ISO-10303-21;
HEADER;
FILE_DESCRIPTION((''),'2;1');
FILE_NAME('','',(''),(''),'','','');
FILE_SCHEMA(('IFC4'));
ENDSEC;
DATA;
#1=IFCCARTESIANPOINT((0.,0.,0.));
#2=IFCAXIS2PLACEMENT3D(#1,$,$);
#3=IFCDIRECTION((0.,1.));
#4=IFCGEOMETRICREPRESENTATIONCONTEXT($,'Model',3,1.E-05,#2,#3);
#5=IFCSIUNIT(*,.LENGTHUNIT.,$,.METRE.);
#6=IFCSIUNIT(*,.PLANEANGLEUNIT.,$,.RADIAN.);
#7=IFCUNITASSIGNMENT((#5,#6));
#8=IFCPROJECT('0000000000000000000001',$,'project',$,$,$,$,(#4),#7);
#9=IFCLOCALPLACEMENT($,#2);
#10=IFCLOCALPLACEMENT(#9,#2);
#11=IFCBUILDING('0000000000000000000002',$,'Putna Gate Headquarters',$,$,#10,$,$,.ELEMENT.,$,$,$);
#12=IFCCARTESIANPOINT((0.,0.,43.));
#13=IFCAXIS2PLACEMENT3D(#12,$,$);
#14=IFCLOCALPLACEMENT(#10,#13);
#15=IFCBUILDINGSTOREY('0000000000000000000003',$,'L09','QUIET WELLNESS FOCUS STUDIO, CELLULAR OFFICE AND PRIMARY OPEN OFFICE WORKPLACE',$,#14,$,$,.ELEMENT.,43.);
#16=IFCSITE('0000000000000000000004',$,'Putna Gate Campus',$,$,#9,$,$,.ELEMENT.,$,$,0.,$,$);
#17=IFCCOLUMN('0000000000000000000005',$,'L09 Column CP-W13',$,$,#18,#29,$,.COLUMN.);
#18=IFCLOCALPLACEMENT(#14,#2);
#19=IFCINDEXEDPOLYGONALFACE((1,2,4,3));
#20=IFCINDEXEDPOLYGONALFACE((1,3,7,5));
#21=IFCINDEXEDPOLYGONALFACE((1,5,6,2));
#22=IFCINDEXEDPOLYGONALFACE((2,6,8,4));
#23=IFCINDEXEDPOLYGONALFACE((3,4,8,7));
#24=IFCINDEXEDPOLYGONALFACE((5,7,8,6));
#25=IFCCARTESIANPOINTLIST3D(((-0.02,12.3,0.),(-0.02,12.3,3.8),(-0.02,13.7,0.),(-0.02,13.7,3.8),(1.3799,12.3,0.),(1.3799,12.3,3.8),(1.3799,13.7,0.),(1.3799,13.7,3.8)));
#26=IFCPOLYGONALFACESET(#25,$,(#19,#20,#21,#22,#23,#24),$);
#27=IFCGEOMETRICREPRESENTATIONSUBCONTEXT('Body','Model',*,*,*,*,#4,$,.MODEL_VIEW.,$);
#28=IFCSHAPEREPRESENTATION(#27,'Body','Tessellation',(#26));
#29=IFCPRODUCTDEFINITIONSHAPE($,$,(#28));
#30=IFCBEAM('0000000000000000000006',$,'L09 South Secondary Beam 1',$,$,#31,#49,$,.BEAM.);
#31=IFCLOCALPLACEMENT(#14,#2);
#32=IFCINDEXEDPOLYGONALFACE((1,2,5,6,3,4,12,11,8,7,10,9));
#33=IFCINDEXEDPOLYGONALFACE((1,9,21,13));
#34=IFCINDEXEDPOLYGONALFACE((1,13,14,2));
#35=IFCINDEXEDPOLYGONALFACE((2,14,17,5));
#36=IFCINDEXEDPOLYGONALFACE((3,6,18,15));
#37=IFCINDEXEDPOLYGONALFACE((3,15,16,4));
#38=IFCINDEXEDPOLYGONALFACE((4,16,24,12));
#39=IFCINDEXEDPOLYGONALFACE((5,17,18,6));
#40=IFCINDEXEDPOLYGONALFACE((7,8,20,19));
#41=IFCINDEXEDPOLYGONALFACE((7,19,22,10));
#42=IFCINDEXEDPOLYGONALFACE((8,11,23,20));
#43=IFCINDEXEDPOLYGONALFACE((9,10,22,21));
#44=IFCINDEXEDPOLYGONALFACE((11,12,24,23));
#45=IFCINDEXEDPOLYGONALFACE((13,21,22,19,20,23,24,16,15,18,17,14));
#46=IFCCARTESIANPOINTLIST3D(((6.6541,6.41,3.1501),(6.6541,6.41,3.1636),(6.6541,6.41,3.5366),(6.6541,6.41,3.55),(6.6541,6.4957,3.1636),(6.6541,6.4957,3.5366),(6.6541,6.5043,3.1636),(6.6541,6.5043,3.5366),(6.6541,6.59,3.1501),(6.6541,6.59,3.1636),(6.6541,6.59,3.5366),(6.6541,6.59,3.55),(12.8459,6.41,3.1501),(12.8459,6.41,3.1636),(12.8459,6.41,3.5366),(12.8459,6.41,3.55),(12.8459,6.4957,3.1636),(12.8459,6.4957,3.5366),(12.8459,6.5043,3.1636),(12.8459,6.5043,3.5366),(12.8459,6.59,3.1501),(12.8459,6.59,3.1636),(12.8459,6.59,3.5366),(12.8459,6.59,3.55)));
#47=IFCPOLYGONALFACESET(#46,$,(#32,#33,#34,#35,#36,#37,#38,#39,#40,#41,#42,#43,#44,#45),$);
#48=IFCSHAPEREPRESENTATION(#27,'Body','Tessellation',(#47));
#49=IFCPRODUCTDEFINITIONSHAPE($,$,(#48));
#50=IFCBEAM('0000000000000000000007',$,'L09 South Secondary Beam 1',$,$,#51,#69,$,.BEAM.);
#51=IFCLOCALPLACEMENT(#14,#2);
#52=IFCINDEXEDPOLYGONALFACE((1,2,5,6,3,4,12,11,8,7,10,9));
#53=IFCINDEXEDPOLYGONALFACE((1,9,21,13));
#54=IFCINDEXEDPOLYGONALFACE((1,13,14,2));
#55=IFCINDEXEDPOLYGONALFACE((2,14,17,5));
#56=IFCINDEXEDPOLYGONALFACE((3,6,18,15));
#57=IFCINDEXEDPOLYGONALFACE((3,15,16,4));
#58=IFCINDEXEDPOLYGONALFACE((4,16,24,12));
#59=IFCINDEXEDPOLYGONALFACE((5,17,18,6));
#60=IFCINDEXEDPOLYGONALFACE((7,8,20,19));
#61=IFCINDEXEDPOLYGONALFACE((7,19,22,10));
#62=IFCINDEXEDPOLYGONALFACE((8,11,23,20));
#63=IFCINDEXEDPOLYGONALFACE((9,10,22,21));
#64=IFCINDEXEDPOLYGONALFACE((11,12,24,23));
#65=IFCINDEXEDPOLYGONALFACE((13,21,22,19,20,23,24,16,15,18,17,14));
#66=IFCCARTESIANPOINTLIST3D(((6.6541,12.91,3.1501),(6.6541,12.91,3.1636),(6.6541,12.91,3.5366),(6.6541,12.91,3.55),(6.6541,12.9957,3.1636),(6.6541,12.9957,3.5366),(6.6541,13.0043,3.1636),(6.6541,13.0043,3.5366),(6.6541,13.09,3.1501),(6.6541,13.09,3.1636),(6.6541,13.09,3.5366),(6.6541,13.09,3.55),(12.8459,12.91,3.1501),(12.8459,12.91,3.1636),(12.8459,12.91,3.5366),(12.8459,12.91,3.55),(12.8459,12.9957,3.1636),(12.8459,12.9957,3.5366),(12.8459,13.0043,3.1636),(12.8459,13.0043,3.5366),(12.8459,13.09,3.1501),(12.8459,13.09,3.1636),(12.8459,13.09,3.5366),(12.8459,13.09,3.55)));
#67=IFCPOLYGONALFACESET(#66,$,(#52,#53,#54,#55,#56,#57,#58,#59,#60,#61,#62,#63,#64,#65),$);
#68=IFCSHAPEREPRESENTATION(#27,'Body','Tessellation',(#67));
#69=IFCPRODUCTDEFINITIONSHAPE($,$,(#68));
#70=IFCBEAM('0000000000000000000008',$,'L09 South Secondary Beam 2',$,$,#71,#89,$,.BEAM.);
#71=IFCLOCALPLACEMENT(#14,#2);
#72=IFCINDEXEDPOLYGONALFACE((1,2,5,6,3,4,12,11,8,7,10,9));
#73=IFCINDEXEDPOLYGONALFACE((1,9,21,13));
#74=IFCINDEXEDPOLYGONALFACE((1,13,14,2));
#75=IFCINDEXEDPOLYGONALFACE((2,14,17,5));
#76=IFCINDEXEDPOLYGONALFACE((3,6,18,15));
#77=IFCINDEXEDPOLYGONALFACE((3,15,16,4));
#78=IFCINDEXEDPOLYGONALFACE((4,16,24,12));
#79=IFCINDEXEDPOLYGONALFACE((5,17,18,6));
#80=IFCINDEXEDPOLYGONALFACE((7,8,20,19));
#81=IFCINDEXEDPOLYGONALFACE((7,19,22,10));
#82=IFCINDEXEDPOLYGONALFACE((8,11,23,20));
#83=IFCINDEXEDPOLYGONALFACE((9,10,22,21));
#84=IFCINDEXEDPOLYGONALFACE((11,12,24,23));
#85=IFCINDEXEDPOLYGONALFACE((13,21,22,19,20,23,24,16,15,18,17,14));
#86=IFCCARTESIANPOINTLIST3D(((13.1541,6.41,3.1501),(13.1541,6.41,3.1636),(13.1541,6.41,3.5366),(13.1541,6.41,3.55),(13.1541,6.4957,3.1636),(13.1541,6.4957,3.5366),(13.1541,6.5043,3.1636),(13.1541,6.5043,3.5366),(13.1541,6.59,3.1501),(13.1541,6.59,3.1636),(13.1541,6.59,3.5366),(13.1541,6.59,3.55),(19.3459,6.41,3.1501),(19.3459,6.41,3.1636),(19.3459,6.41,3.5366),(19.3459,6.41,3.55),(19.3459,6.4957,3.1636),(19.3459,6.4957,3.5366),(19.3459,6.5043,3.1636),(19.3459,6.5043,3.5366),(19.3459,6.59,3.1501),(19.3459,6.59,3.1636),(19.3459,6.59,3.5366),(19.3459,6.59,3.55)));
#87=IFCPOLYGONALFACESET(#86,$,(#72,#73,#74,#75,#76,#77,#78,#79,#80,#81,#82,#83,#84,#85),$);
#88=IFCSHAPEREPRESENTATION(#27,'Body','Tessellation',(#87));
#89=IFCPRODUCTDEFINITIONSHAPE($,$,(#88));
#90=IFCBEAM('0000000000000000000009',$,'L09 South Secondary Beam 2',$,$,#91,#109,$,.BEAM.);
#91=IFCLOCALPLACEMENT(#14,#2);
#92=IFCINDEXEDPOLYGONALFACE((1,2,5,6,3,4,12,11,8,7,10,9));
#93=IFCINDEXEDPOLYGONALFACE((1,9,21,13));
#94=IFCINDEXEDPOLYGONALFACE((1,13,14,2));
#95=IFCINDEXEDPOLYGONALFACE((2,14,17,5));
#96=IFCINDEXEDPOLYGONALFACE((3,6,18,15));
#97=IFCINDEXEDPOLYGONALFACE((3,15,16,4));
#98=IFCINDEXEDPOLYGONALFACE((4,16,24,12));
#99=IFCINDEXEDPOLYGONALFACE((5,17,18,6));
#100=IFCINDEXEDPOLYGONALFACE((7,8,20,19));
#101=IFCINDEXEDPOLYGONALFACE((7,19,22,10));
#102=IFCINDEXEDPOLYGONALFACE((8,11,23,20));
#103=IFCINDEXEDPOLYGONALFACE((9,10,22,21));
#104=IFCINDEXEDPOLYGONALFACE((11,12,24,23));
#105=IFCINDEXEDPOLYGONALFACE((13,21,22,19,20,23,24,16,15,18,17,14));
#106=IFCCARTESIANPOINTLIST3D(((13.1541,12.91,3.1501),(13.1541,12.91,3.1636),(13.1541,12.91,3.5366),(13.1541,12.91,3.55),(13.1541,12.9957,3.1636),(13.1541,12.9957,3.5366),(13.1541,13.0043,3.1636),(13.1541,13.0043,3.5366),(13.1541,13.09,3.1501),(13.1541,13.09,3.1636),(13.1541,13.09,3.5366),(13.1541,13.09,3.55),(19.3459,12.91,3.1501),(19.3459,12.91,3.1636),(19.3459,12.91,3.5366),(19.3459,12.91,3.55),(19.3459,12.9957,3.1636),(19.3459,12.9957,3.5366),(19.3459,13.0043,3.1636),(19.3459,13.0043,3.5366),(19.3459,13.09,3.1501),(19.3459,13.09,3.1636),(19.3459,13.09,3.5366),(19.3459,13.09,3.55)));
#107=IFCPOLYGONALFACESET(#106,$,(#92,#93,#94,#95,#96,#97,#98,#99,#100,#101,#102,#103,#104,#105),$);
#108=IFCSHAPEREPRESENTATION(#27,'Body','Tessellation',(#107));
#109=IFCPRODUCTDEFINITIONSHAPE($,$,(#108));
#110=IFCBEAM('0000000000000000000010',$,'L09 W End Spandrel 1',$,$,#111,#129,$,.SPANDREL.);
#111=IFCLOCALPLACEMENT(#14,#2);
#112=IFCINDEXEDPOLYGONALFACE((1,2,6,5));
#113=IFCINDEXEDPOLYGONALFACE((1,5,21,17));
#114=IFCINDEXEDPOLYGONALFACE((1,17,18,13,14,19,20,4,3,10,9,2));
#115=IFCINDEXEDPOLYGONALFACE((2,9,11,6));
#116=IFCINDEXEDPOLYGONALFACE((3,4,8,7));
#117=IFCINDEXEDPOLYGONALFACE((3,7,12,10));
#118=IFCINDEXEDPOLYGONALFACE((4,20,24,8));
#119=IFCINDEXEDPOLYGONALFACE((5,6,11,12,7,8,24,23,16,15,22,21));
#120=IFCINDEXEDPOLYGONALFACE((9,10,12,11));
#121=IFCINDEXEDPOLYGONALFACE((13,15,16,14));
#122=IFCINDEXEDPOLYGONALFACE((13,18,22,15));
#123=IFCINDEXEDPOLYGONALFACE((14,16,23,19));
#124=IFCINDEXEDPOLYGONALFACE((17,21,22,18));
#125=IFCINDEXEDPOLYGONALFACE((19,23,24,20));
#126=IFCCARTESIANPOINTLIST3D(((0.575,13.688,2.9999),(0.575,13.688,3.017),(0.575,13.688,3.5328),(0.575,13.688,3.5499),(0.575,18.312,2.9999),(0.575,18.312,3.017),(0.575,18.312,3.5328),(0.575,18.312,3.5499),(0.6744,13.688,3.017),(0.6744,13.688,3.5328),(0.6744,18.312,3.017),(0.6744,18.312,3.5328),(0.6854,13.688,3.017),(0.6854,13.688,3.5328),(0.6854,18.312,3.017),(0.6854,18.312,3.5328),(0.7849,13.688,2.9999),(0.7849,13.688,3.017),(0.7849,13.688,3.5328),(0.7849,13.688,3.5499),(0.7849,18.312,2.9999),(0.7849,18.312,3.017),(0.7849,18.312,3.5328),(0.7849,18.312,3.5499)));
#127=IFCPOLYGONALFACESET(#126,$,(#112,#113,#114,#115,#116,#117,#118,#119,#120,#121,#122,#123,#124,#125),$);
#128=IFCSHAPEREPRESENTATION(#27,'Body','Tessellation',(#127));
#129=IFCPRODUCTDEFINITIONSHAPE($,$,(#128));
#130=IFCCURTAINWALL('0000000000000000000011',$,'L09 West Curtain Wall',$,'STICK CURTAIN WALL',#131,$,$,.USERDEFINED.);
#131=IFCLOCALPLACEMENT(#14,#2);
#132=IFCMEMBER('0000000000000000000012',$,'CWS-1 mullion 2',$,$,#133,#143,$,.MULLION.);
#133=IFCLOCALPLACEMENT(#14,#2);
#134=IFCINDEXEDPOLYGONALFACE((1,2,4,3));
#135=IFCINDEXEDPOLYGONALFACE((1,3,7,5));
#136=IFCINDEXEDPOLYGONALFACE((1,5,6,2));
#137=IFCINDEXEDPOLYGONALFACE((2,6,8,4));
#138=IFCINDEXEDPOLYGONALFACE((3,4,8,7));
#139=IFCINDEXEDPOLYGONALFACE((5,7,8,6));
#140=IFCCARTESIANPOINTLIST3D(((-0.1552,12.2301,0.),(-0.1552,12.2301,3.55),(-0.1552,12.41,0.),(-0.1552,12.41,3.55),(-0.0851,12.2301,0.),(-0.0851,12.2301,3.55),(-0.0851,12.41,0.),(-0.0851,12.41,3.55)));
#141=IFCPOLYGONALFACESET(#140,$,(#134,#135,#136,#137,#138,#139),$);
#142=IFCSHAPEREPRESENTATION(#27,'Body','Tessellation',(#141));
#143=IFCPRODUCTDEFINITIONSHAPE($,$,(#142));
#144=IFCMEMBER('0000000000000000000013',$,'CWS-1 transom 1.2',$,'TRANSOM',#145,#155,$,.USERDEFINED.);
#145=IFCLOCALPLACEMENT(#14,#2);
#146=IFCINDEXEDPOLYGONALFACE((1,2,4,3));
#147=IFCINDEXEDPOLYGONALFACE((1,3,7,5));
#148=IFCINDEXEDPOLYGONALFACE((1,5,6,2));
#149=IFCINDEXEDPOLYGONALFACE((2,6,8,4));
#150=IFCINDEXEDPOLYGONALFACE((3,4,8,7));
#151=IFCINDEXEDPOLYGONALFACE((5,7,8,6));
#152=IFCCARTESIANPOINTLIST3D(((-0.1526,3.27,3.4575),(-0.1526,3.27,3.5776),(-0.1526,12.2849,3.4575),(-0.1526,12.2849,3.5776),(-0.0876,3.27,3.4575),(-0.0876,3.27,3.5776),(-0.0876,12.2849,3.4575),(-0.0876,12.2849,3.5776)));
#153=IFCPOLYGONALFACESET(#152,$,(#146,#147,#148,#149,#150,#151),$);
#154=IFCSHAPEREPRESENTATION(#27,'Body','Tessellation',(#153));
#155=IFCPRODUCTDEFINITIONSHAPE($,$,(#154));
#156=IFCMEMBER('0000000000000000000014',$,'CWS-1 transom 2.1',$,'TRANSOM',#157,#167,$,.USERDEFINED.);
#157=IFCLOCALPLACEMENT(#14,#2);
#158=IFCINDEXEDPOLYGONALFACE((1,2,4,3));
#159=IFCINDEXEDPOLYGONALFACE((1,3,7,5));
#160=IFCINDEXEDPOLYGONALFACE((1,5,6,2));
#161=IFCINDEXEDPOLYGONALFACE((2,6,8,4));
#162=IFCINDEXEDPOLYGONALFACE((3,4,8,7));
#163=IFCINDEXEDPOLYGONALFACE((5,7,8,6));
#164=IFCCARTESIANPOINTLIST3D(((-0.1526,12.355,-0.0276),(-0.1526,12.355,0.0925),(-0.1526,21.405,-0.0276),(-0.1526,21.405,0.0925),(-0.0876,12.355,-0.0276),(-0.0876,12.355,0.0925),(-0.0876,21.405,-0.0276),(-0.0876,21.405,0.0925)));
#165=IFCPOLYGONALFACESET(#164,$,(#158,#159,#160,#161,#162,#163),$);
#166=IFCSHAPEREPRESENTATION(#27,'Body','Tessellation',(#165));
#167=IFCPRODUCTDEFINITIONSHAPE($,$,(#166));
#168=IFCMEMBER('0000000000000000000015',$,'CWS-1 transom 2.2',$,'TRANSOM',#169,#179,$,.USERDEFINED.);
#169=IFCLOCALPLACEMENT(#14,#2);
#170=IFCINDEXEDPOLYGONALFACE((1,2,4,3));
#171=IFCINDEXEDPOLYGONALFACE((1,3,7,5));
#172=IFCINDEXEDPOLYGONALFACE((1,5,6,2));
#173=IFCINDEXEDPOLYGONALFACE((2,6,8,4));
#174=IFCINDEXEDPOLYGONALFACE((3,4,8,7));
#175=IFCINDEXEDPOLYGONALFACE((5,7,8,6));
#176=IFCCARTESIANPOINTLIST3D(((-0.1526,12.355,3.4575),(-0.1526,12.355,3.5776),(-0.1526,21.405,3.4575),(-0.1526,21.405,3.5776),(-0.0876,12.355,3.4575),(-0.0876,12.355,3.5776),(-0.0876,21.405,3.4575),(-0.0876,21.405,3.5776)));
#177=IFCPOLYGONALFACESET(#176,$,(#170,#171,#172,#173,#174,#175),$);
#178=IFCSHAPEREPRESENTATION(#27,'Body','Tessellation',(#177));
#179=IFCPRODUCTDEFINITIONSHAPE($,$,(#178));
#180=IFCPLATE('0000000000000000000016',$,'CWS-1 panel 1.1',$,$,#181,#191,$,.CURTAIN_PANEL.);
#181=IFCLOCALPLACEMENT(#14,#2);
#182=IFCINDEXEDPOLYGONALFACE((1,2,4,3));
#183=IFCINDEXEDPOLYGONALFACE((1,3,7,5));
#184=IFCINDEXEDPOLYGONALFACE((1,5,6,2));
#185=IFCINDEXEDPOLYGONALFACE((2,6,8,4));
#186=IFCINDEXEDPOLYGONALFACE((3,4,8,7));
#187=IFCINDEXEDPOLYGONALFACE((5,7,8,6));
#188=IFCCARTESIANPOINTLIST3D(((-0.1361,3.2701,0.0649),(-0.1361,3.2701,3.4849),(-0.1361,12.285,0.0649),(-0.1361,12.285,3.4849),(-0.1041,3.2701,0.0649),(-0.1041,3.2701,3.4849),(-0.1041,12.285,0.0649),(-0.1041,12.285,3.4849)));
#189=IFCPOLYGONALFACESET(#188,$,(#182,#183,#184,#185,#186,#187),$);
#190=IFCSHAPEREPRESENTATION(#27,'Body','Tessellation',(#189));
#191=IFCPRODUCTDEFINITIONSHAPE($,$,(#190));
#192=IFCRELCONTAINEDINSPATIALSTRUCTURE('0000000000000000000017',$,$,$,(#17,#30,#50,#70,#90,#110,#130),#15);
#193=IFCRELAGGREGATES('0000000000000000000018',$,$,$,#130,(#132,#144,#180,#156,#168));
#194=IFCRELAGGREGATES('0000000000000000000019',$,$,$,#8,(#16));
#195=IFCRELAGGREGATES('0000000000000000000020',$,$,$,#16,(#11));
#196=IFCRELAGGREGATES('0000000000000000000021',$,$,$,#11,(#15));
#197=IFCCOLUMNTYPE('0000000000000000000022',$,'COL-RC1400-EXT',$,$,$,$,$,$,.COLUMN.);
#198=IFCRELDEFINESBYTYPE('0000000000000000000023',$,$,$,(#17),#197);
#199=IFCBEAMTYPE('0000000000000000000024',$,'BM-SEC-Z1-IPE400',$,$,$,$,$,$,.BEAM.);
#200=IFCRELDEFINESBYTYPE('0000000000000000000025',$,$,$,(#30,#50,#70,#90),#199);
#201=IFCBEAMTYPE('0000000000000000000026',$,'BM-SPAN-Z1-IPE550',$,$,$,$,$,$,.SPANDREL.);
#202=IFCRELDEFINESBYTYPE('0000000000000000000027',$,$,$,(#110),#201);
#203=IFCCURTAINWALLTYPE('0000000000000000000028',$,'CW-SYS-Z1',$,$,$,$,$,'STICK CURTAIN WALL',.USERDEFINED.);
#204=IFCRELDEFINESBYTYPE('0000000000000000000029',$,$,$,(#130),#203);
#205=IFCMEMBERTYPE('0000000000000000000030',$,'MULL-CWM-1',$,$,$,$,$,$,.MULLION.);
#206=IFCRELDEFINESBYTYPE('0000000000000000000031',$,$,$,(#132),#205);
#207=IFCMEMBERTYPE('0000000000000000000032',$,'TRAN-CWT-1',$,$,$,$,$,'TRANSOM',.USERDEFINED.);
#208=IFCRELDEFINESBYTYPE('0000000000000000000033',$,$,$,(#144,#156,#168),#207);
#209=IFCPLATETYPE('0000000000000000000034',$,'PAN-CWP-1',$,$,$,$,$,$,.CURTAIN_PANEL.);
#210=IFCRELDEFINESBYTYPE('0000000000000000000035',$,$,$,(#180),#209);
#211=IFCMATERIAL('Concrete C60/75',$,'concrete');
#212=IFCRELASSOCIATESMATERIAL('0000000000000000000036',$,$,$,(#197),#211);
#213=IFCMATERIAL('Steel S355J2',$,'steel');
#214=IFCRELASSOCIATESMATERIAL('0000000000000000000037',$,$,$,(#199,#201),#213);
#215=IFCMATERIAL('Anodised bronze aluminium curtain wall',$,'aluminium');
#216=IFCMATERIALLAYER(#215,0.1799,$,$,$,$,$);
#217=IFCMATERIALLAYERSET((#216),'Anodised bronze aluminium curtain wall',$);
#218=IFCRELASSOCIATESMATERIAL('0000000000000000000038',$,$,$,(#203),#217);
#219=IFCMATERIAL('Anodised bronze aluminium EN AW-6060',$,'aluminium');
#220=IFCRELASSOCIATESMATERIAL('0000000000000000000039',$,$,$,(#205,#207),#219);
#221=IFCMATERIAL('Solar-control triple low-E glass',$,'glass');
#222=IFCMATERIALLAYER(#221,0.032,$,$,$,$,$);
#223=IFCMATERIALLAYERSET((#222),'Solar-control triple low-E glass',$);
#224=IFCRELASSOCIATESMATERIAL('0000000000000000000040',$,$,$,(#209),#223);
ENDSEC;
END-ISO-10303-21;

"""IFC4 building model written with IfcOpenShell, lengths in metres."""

from ifc_helpers import new_model, si_unit, direction, frame, origin, origin_2d, place, context, subcontext, project, spatial, rectangle, i_section, extrude, material, layer, layer_set, material_profile, profile_set, type_object, element, aggregate, save


model = new_model("IFC4")

# Units and contexts
model_context = context("Model", 3, precision=1e-05, world=origin(), true_north=direction((0.0, 1.0)))
body_context = subcontext(model_context, "Body", "Model", "MODEL_VIEW")
ifc_project = project(units=[si_unit("LENGTHUNIT", "METRE"), si_unit("PLANEANGLEUNIT", "RADIAN")], contexts=[model_context])

# Site, building, storey
site_placement = place(None, origin())
site = spatial("IfcSite", under=ifc_project, at=site_placement, Name="Putna Gate Campus", CompositionType="ELEMENT", RefElevation=0.0)
building_placement = place(site_placement, origin())
building = spatial("IfcBuilding", under=site, at=building_placement, Name="Putna Gate Headquarters", CompositionType="ELEMENT")
storey_placement = place(building_placement, frame((0.0, 0.0, 43.0)))
storey = spatial("IfcBuildingStorey", under=building, at=storey_placement, Name="L09", Description="QUIET WELLNESS FOCUS STUDIO, CELLULAR OFFICE AND PRIMARY OPEN OFFICE WORKPLACE", CompositionType="ELEMENT", Elevation=43.0)

# Column
ifc_material_1 = material(Name="Concrete C60/75", Category="concrete")
ifc_material_profile_1 = material_profile(ifc_material_1, rectangle(XDim=1.3999, YDim=1.3999, at=origin_2d()), Name="Concrete C60/75")
ifc_profile_set_1 = profile_set([ifc_material_profile_1], Name="Concrete C60/75")
column_type = type_object("IfcColumnType", Name="COL-RC1400-EXT", PredefinedType="COLUMN", material=ifc_profile_set_1)
column_placement = place(storey_placement, frame((0.6799, 13.0, 0.0), z_axis=(0.0, 0.0, 1.0), x_axis=(1.0, 0.0, 0.0)))
element("IfcColumn", 1, at=column_placement, inside=storey, type_object=column_type, Name="L09 Column CP-W13", PredefinedType="COLUMN", context=body_context, shape_type="SweptSolid", body=[
    extrude(rectangle(XDim=1.3999, YDim=1.3999, at=origin_2d()), origin(), (0.0, 0.0, 1.0), 3.8),
])

# Beams
ifc_material_2 = material(Name="Steel S355J2", Category="steel")
ifc_material_profile_2 = material_profile(ifc_material_2, i_section(OverallWidth=0.1799, OverallDepth=0.3999, WebThickness=0.0085, FlangeThickness=0.0134, at=origin_2d()), Name="Steel S355J2")
ifc_profile_set_2 = profile_set([ifc_material_profile_2], Name="Steel S355J2")
beam_type_1 = type_object("IfcBeamType", Name="BM-SEC-Z1-IPE400", PredefinedType="BEAM", material=ifc_profile_set_2)
for number, where, z_axis, x_axis, name in (
    (2, (6.6541, 6.5, 3.3501), (1.0, 0.0, 0.0), (0.0, 1.0, 0.0), "L09 South Secondary Beam 1"),
    (3, (6.6541, 13.0, 3.3501), (1.0, 0.0, 0.0), (0.0, 1.0, 0.0), "L09 South Secondary Beam 1"),
    (4, (13.1541, 6.5, 3.3501), (1.0, 0.0, 0.0), (0.0, 1.0, 0.0), "L09 South Secondary Beam 2"),
    (5, (13.1541, 13.0, 3.3501), (1.0, 0.0, 0.0), (0.0, 1.0, 0.0), "L09 South Secondary Beam 2"),
):
    element("IfcBeam", number, at=place(storey_placement, frame(where, z_axis=z_axis, x_axis=x_axis)), inside=storey, type_object=beam_type_1, Name=name, PredefinedType="BEAM", context=body_context, shape_type="SweptSolid", body=[
        extrude(i_section(OverallWidth=0.1799, OverallDepth=0.3999, WebThickness=0.0085, FlangeThickness=0.0134, at=origin_2d()), origin(), (0.0, 0.0, 1.0), 6.1919),
    ])
ifc_material_profile_3 = material_profile(ifc_material_2, i_section(OverallWidth=0.21, OverallDepth=0.55, WebThickness=0.011, FlangeThickness=0.0171, at=origin_2d()), Name="Steel S355J2")
ifc_profile_set_3 = profile_set([ifc_material_profile_3], Name="Steel S355J2")
beam_type_2 = type_object("IfcBeamType", Name="BM-SPAN-Z1-IPE550", PredefinedType="SPANDREL", material=ifc_profile_set_3)
beam_placement = place(storey_placement, frame((0.6799, 13.688, 3.2749), z_axis=(0.0, 1.0, 0.0), x_axis=(-1.0, 0.0, 0.0)))
element("IfcBeam", 6, at=beam_placement, inside=storey, type_object=beam_type_2, Name="L09 W End Spandrel 1", PredefinedType="SPANDREL", context=body_context, shape_type="SweptSolid", body=[
    extrude(i_section(OverallWidth=0.21, OverallDepth=0.55, WebThickness=0.011, FlangeThickness=0.0171, at=origin_2d()), origin(), (0.0, 0.0, 1.0), 4.624),
])

# Curtain wall, members, plate
ifc_material_3 = material(Name="Anodised bronze aluminium curtain wall", Category="aluminium")
ifc_layer_1 = layer(ifc_material_3, 0.1799)
ifc_layer_set_1 = layer_set([ifc_layer_1], Name="Anodised bronze aluminium curtain wall")
curtain_wall_type = type_object("IfcCurtainWallType", Name="CW-SYS-Z1", ElementType="STICK CURTAIN WALL", PredefinedType="USERDEFINED", material=ifc_layer_set_1)
curtain_wall_placement = place(storey_placement, origin())
curtain_wall = element("IfcCurtainWall", 7, at=curtain_wall_placement, inside=storey, type_object=curtain_wall_type, Name="L09 West Curtain Wall", ObjectType="STICK CURTAIN WALL", PredefinedType="USERDEFINED")
ifc_material_4 = material(Name="Anodised bronze aluminium EN AW-6060", Category="aluminium")
ifc_material_profile_4 = material_profile(ifc_material_4, rectangle(XDim=0.0701, YDim=0.1799, at=origin_2d()), Name="Anodised bronze aluminium EN AW-6060")
ifc_profile_set_4 = profile_set([ifc_material_profile_4], Name="Anodised bronze aluminium EN AW-6060")
member_type_1 = type_object("IfcMemberType", Name="MULL-CWM-1", PredefinedType="MULLION", material=ifc_profile_set_4)
member_1_placement = place(storey_placement, frame((-0.1201, 12.3201, 0.0), z_axis=(0.0, 0.0, 1.0), x_axis=(-1.0, 0.0, 0.0)))
member_1 = element("IfcMember", 8, at=member_1_placement, type_object=member_type_1, Name="CWS-1 mullion 2", PredefinedType="MULLION", context=body_context, shape_type="SweptSolid", body=[
    extrude(rectangle(XDim=0.0701, YDim=0.1799, at=origin_2d()), origin(), (0.0, 0.0, 1.0), 3.55),
])
ifc_material_profile_5 = material_profile(ifc_material_4, rectangle(XDim=0.0649, YDim=0.1201, at=origin_2d()), Name="Anodised bronze aluminium EN AW-6060")
ifc_profile_set_5 = profile_set([ifc_material_profile_5], Name="Anodised bronze aluminium EN AW-6060")
member_type_2 = type_object("IfcMemberType", Name="TRAN-CWT-1", ElementType="TRANSOM", PredefinedType="USERDEFINED", material=ifc_profile_set_5)
member_2_placement = place(storey_placement, frame((-0.1201, 3.27, 3.5176), z_axis=(0.0, 1.0, 0.0), x_axis=(-1.0, 0.0, 0.0)))
member_2 = element("IfcMember", 9, at=member_2_placement, type_object=member_type_2, Name="CWS-1 transom 1.2", ObjectType="TRANSOM", PredefinedType="USERDEFINED", context=body_context, shape_type="SweptSolid", body=[
    extrude(rectangle(XDim=0.0649, YDim=0.1201, at=origin_2d()), origin(), (0.0, 0.0, 1.0), 9.0149),
])
member_3_placement = place(storey_placement, frame((-0.1201, 12.355, 0.0325), z_axis=(0.0, 1.0, 0.0), x_axis=(-1.0, 0.0, 0.0)))
member_3 = element("IfcMember", 10, at=member_3_placement, type_object=member_type_2, Name="CWS-1 transom 2.1", ObjectType="TRANSOM", PredefinedType="USERDEFINED", context=body_context, shape_type="SweptSolid", body=[
    extrude(rectangle(XDim=0.0649, YDim=0.1201, at=origin_2d()), origin(), (0.0, 0.0, 1.0), 9.05),
])
member_4_placement = place(storey_placement, frame((-0.1201, 12.355, 3.5176), z_axis=(0.0, 1.0, 0.0), x_axis=(-1.0, 0.0, 0.0)))
member_4 = element("IfcMember", 11, at=member_4_placement, type_object=member_type_2, Name="CWS-1 transom 2.2", ObjectType="TRANSOM", PredefinedType="USERDEFINED", context=body_context, shape_type="SweptSolid", body=[
    extrude(rectangle(XDim=0.0649, YDim=0.1201, at=origin_2d()), origin(), (0.0, 0.0, 1.0), 9.05),
])
ifc_material_5 = material(Name="Solar-control triple low-E glass", Category="glass")
ifc_layer_2 = layer(ifc_material_5, 0.032)
ifc_layer_set_2 = layer_set([ifc_layer_2], Name="Solar-control triple low-E glass")
plate_type = type_object("IfcPlateType", Name="PAN-CWP-1", PredefinedType="CURTAIN_PANEL", material=ifc_layer_set_2)
plate_placement = place(storey_placement, frame((-0.1201, 7.7776, 0.0649), z_axis=(0.0, 0.0, 1.0), x_axis=(0.0, 1.0, 0.0)))
plate = element("IfcPlate", 12, at=plate_placement, type_object=plate_type, Name="CWS-1 panel 1.1", PredefinedType="CURTAIN_PANEL", context=body_context, shape_type="SweptSolid", body=[
    extrude(rectangle(XDim=9.0149, YDim=0.032, at=origin_2d()), origin(), (0.0, 0.0, 1.0), 3.4199),
])
aggregate(curtain_wall, [member_1, member_2, plate, member_3, member_4])

save(model, "model.ifc")
